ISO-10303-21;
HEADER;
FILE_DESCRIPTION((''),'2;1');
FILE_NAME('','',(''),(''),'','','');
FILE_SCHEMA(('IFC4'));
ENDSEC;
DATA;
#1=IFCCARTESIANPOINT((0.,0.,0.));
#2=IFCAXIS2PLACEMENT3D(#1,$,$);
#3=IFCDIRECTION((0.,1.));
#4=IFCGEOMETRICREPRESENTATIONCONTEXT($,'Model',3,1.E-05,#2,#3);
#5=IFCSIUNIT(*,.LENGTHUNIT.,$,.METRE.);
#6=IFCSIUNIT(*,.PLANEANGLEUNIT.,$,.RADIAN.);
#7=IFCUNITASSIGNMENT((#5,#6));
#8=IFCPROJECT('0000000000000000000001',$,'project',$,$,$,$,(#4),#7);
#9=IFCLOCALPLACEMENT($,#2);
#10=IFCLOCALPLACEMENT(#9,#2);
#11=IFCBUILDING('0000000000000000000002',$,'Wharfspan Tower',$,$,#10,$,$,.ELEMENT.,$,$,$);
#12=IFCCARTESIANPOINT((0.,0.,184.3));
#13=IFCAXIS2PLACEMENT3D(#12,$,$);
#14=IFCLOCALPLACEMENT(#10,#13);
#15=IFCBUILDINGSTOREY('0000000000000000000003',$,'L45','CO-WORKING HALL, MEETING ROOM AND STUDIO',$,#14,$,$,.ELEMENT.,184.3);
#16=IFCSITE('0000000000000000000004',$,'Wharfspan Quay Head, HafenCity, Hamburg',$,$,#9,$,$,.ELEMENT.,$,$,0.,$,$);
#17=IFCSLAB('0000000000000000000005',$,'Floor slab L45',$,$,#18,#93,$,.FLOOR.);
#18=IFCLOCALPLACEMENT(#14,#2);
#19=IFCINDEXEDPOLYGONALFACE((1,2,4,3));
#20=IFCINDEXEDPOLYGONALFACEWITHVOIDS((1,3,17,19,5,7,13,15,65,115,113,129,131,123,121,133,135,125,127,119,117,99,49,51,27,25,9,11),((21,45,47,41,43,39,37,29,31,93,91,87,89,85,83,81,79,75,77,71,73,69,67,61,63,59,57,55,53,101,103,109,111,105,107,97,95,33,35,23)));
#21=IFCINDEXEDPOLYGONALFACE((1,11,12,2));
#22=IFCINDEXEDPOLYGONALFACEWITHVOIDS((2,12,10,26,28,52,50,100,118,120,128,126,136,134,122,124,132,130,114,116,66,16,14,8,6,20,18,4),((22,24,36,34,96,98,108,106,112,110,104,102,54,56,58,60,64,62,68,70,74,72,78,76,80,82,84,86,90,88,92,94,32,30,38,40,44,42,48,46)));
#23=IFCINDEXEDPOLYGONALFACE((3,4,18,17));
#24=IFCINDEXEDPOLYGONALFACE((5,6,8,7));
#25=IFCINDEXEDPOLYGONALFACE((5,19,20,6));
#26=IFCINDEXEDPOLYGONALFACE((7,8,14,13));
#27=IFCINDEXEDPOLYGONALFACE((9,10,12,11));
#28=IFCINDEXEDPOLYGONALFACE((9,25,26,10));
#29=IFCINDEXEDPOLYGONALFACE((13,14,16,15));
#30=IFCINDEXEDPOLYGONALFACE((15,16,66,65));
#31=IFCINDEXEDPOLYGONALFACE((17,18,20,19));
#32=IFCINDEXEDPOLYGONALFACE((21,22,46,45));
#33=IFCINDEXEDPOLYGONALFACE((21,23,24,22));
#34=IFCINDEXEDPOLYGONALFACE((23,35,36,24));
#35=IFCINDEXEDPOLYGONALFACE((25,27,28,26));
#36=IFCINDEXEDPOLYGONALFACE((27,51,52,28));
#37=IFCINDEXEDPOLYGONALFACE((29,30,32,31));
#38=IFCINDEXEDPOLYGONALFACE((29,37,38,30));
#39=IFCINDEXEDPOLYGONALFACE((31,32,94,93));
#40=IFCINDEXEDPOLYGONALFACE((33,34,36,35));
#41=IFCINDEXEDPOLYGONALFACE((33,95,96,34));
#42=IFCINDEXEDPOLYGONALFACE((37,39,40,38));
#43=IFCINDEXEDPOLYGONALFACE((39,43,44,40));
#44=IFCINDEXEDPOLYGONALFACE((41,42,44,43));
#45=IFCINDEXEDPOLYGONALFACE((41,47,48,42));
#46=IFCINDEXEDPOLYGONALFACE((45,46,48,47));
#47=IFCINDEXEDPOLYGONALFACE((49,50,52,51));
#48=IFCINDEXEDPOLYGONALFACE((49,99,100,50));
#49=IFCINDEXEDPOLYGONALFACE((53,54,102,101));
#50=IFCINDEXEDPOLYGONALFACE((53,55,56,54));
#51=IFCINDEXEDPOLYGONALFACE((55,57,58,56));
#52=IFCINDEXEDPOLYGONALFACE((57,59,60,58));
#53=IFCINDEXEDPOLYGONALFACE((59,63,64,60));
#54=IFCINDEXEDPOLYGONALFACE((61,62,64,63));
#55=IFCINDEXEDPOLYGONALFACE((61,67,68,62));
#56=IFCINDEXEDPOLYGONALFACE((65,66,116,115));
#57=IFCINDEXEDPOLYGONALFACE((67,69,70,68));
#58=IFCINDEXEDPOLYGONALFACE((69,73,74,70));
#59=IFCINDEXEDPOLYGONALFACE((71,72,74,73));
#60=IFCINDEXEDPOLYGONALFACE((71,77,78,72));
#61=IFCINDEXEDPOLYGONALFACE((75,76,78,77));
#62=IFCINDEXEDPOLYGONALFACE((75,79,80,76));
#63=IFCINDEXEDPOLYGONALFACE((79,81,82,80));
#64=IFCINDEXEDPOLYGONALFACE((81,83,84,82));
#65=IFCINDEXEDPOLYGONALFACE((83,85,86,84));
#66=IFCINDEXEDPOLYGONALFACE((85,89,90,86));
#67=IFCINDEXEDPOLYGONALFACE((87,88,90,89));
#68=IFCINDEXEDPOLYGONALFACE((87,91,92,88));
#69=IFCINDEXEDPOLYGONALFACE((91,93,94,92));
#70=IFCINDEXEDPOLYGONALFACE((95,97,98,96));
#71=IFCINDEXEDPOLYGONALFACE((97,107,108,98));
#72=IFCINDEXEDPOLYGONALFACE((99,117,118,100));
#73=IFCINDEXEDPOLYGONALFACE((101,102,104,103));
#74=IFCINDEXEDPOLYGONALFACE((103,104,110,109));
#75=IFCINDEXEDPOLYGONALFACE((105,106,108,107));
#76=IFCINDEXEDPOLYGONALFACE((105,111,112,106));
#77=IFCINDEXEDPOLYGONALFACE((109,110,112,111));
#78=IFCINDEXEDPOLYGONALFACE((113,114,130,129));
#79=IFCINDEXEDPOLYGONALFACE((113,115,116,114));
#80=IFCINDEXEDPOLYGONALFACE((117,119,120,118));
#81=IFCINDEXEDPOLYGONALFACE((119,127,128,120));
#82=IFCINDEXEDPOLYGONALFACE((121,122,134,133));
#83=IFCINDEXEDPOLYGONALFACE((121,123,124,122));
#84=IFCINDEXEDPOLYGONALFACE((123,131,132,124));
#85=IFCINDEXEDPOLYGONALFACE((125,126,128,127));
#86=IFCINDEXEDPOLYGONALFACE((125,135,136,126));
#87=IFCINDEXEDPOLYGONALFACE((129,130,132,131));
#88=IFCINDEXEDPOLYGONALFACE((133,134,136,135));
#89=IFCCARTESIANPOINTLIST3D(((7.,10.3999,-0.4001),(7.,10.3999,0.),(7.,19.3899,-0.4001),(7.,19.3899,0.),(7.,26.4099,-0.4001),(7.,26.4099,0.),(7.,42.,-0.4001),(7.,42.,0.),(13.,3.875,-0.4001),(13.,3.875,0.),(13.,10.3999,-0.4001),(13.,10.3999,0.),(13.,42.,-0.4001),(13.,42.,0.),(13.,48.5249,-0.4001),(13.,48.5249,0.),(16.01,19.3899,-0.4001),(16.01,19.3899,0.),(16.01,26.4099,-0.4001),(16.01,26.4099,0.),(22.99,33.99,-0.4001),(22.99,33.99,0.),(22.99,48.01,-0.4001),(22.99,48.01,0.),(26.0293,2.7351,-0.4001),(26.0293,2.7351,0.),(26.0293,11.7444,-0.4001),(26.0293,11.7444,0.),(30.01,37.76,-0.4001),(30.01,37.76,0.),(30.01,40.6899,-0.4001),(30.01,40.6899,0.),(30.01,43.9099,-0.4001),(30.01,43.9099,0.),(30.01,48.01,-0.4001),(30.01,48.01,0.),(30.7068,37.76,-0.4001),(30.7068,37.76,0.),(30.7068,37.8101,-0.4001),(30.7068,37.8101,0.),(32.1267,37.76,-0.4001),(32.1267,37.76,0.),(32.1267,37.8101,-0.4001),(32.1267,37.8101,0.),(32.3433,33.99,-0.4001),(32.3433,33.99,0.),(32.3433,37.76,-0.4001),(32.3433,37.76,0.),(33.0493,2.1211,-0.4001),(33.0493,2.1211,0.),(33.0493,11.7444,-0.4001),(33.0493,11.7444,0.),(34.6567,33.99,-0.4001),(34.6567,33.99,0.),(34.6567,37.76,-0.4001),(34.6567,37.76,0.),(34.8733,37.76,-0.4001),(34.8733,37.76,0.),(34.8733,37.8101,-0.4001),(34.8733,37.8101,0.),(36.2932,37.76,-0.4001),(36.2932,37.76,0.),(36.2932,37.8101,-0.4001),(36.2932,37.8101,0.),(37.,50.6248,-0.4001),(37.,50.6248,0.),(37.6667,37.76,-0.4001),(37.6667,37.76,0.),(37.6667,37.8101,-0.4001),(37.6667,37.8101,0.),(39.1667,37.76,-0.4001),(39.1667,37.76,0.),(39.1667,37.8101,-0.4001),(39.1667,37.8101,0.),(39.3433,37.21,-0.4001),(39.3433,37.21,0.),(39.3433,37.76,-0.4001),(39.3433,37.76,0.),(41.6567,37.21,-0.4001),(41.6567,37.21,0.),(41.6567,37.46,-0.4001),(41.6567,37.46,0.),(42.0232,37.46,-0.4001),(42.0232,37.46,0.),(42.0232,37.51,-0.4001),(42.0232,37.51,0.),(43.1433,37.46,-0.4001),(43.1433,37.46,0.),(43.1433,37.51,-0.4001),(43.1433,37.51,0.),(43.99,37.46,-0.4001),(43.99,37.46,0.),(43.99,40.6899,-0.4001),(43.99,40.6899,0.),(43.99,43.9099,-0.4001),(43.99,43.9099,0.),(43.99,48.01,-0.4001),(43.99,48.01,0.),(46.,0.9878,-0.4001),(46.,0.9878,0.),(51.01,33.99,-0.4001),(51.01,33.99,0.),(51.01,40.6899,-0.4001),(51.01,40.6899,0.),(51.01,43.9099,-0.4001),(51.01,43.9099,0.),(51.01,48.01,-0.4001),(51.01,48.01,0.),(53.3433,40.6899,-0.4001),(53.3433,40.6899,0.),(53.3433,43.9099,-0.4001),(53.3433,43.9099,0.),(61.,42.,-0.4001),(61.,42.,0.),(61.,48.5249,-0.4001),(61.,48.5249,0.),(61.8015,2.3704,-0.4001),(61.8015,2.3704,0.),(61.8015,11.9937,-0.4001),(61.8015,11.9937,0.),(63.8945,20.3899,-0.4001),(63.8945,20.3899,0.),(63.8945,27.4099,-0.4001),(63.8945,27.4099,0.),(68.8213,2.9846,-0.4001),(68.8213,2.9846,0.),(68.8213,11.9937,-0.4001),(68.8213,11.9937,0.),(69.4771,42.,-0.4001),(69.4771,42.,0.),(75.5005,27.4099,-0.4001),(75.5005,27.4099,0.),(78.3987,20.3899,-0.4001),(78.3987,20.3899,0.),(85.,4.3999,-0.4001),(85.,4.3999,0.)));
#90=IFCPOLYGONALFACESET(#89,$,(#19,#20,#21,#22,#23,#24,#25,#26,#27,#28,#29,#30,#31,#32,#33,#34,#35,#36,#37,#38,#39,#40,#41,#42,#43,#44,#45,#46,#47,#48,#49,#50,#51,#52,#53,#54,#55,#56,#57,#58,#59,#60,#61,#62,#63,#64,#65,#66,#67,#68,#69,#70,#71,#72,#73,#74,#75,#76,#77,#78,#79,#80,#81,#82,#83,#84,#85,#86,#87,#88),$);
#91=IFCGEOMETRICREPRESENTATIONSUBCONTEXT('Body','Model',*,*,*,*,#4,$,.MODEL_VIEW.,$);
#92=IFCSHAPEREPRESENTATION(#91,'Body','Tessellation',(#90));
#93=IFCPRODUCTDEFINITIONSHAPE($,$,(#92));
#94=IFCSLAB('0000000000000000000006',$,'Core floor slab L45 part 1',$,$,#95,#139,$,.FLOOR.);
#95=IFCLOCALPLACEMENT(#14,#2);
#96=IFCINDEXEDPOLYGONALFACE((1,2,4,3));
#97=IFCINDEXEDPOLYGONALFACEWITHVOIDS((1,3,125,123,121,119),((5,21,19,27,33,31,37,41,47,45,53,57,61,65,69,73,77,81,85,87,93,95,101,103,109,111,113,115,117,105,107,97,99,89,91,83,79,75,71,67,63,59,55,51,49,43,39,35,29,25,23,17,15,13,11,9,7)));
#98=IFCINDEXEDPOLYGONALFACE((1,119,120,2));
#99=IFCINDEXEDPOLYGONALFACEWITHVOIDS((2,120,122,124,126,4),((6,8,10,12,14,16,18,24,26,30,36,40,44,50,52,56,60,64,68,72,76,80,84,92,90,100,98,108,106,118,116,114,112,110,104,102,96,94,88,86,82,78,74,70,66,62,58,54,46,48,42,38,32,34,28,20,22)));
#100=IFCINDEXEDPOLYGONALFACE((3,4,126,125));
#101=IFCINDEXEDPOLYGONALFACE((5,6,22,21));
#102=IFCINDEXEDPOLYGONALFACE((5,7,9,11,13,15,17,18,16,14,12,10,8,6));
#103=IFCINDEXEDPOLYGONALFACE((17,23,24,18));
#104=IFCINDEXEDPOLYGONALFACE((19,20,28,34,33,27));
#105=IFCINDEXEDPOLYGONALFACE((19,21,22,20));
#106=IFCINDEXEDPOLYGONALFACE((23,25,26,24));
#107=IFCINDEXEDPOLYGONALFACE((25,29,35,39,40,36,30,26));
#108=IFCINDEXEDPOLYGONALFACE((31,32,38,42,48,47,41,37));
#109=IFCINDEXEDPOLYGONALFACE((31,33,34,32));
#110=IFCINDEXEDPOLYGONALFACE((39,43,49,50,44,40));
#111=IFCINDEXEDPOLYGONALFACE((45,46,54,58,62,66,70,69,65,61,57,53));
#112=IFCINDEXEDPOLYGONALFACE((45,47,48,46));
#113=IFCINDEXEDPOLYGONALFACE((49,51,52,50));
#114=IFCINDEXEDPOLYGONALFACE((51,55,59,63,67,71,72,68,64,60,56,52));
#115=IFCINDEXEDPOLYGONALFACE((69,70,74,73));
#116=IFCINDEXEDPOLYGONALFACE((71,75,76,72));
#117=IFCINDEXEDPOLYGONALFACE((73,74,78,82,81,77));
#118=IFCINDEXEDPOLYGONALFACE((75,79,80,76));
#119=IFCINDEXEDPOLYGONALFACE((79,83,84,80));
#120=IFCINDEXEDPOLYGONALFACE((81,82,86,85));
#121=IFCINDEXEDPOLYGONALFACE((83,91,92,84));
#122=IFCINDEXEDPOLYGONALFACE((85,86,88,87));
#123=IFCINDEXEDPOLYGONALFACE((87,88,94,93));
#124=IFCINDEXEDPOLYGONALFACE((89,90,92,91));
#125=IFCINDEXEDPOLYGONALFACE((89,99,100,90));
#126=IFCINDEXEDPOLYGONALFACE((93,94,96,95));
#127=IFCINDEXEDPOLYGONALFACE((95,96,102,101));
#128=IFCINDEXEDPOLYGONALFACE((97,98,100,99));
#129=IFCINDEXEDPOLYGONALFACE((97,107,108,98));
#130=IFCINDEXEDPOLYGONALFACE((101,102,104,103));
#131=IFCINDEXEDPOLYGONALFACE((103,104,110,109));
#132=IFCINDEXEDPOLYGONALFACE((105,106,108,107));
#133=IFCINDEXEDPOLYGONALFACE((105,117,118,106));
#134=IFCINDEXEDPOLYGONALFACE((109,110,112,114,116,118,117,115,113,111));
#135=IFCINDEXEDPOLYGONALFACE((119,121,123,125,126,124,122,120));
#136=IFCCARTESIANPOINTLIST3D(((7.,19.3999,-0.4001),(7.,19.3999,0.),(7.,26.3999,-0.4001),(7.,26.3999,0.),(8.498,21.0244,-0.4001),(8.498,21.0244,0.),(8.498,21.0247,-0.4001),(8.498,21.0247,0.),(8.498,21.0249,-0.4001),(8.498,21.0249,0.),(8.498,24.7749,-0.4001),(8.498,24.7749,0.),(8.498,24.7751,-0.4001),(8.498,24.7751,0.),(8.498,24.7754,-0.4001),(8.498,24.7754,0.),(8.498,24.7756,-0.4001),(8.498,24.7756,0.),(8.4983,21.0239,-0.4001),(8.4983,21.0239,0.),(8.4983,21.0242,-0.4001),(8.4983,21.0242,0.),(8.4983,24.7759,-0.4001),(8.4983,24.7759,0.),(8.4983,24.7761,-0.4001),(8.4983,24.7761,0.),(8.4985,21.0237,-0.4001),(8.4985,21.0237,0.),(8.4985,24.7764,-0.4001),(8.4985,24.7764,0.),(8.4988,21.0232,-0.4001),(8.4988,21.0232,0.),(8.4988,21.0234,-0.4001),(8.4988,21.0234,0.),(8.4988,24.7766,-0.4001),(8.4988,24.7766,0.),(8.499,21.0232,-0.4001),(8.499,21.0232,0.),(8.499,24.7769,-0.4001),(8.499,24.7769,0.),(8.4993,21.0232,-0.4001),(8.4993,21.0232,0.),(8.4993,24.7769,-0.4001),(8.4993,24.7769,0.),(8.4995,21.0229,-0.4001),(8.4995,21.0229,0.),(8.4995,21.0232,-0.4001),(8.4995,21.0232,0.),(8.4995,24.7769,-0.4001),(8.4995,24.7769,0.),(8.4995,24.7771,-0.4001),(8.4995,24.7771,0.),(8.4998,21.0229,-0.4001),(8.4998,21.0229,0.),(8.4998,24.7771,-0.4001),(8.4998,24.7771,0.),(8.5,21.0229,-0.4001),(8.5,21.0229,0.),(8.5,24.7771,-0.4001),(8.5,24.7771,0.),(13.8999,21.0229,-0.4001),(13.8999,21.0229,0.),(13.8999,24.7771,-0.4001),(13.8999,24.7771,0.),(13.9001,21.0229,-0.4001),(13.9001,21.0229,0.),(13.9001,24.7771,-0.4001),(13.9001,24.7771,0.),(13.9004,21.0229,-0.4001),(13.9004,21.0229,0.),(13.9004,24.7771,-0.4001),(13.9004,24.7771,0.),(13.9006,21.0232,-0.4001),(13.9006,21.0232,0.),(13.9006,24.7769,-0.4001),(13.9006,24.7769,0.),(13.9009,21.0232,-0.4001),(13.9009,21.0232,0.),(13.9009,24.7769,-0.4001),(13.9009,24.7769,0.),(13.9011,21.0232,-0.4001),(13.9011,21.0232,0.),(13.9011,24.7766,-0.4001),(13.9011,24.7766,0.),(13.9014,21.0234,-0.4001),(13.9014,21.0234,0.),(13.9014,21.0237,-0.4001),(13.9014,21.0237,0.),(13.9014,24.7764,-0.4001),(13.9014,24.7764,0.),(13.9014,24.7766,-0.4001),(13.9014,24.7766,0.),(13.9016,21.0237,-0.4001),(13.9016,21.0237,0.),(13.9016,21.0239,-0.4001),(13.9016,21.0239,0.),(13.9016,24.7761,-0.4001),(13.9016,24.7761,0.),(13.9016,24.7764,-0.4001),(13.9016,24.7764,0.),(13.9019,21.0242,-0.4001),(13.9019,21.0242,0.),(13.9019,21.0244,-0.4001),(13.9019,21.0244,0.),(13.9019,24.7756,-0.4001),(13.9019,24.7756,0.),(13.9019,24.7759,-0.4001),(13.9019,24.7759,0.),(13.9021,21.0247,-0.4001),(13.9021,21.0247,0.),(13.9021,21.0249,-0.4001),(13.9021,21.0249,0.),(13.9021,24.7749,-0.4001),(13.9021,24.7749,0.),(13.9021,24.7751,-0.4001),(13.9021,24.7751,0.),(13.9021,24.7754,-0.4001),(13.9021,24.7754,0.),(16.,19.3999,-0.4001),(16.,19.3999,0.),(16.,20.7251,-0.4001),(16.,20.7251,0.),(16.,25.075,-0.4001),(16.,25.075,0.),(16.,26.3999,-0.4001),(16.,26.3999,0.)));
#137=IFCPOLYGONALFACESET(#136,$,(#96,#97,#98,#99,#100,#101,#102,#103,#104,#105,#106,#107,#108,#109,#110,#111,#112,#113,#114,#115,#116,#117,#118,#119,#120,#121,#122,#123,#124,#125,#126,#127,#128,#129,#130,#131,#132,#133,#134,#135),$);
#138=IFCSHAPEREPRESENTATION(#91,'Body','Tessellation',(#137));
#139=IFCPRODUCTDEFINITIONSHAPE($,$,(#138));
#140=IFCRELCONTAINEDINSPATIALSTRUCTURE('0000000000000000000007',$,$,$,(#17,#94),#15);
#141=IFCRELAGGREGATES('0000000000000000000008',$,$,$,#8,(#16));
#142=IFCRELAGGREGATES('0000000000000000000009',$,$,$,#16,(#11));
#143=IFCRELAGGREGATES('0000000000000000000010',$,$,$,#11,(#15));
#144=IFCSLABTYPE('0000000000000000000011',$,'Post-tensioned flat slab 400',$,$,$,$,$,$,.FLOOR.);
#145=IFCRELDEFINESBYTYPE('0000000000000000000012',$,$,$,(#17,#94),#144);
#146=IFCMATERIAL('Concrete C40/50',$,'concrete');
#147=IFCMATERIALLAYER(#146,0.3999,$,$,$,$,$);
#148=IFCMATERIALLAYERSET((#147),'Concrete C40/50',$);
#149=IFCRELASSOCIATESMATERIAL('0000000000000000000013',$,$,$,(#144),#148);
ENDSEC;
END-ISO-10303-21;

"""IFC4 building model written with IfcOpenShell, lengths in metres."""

from ifc_helpers import new_model, si_unit, direction, frame, origin, place, context, subcontext, project, spatial, polyline, outline, extrude, material, layer, layer_set, type_object, element, save


model = new_model("IFC4")

# Units and contexts
model_context = context("Model", 3, precision=1e-05, world=origin(), true_north=direction((0.0, 1.0)))
body_context = subcontext(model_context, "Body", "Model", "MODEL_VIEW")
ifc_project = project(units=[si_unit("LENGTHUNIT", "METRE"), si_unit("PLANEANGLEUNIT", "RADIAN")], contexts=[model_context])

# Site, building, storey
site_placement = place(None, origin())
site = spatial("IfcSite", under=ifc_project, at=site_placement, Name="Wharfspan Quay Head, HafenCity, Hamburg", CompositionType="ELEMENT", RefElevation=0.0)
building_placement = place(site_placement, origin())
building = spatial("IfcBuilding", under=site, at=building_placement, Name="Wharfspan Tower", CompositionType="ELEMENT")
storey_placement = place(building_placement, frame((0.0, 0.0, 184.3)))
storey = spatial("IfcBuildingStorey", under=building, at=storey_placement, Name="L45", Description="CO-WORKING HALL, MEETING ROOM AND STUDIO", CompositionType="ELEMENT", Elevation=184.3)

# Slabs
ifc_material_1 = material(Name="Concrete C40/50", Category="concrete")
ifc_layer_1 = layer(ifc_material_1, 0.3999)
ifc_layer_set_1 = layer_set([ifc_layer_1], Name="Concrete C40/50")
slab_type_1 = type_object("IfcSlabType", Name="Post-tensioned flat slab 400", PredefinedType="FLOOR", material=ifc_layer_set_1)
slab_1_placement = place(storey_placement, frame((0.0, 0.0, -0.4001)))
element("IfcSlab", 1, at=slab_1_placement, inside=storey, type_object=slab_type_1, Name="Floor slab L45", PredefinedType="FLOOR", context=body_context, shape_type="SweptSolid", body=[
    extrude(outline(polyline([(26.0293, 2.7351), (26.0293, 11.7444), (33.0493, 11.7444), (33.0493, 2.1211), (46.0, 0.9878), (61.8015, 2.3704), (61.8015, 11.9937), (68.8213, 11.9937), (68.8213, 2.9846), (85.0, 4.3999), (78.3987, 20.3899), (63.8945, 20.3899), (63.8945, 27.4099), (75.5005, 27.4099), (69.4771, 42.0), (61.0, 42.0), (61.0, 48.5249), (37.0, 50.6248), (13.0, 48.5249), (13.0, 42.0), (7.0, 42.0), (7.0, 26.4099), (16.01, 26.4099), (16.01, 19.3899), (7.0, 19.3899), (7.0, 10.3999), (13.0, 10.3999), (13.0, 3.875), (26.0293, 2.7351)]), holes=[polyline([(32.1267, 37.76), (32.3433, 37.76), (32.3433, 33.99), (22.99, 33.99), (22.99, 48.01), (30.01, 48.01), (30.01, 43.9099), (43.99, 43.9099), (43.99, 48.01), (51.01, 48.01), (51.01, 43.9099), (53.3433, 43.9099), (53.3433, 40.6899), (51.01, 40.6899), (51.01, 33.99), (34.6567, 33.99), (34.6567, 37.76), (34.8733, 37.76), (34.8733, 37.8101), (36.2932, 37.8101), (36.2932, 37.76), (37.6667, 37.76), (37.6667, 37.8101), (39.1667, 37.8101), (39.1667, 37.76), (39.3433, 37.76), (39.3433, 37.21), (41.6567, 37.21), (41.6567, 37.46), (42.0232, 37.46), (42.0232, 37.51), (43.1433, 37.51), (43.1433, 37.46), (43.99, 37.46), (43.99, 40.6899), (30.01, 40.6899), (30.01, 37.76), (30.7068, 37.76), (30.7068, 37.8101), (32.1267, 37.8101), (32.1267, 37.76)])]), origin(), (0.0, 0.0, 1.0), 0.4001),
])
slab_2_placement = place(storey_placement, frame((0.0, 0.0, -0.4001)))
element("IfcSlab", 2, at=slab_2_placement, inside=storey, type_object=slab_type_1, Name="Core floor slab L45 part 1", PredefinedType="FLOOR", context=body_context, shape_type="SweptSolid", body=[
    extrude(outline(polyline([(16.0, 20.7251), (16.0, 25.075), (16.0, 26.3999), (7.0, 26.3999), (7.0, 19.3999), (16.0, 19.3999), (16.0, 20.7251)]), holes=[polyline([(13.8999, 24.7771), (13.9001, 24.7771), (13.9004, 24.7771), (13.9006, 24.7769), (13.9009, 24.7769), (13.9009, 24.7769), (13.9011, 24.7766), (13.9014, 24.7766), (13.9014, 24.7764), (13.9016, 24.7764), (13.9016, 24.7761), (13.9019, 24.7759), (13.9019, 24.7759), (13.9019, 24.7756), (13.9021, 24.7754), (13.9021, 24.7751), (13.9021, 24.7749), (13.9021, 21.0249), (13.9021, 21.0249), (13.9021, 21.0247), (13.9019, 21.0244), (13.9019, 21.0242), (13.9019, 21.0242), (13.9016, 21.0239), (13.9016, 21.0237), (13.9014, 21.0237), (13.9014, 21.0234), (13.9011, 21.0232), (13.9009, 21.0232), (13.9009, 21.0232), (13.9006, 21.0232), (13.9004, 21.0229), (13.9001, 21.0229), (13.8999, 21.0229), (8.5, 21.0229), (8.4998, 21.0229), (8.4995, 21.0229), (8.4995, 21.0232), (8.4993, 21.0232), (8.499, 21.0232), (8.4988, 21.0232), (8.4988, 21.0234), (8.4985, 21.0237), (8.4985, 21.0237), (8.4983, 21.0239), (8.4983, 21.0242), (8.4983, 21.0242), (8.498, 21.0244), (8.498, 21.0247), (8.498, 21.0249), (8.498, 21.0249), (8.498, 24.7749), (8.498, 24.7751), (8.498, 24.7754), (8.498, 24.7756), (8.4983, 24.7759), (8.4983, 24.7759), (8.4983, 24.7761), (8.4985, 24.7764), (8.4985, 24.7764), (8.4988, 24.7766), (8.4988, 24.7766), (8.499, 24.7769), (8.4993, 24.7769), (8.4995, 24.7769), (8.4995, 24.7771), (8.4998, 24.7771), (8.5, 24.7771), (13.8999, 24.7771)])]), origin(), (0.0, 0.0, 1.0), 0.4001),
])

save(model, "model.ifc")
